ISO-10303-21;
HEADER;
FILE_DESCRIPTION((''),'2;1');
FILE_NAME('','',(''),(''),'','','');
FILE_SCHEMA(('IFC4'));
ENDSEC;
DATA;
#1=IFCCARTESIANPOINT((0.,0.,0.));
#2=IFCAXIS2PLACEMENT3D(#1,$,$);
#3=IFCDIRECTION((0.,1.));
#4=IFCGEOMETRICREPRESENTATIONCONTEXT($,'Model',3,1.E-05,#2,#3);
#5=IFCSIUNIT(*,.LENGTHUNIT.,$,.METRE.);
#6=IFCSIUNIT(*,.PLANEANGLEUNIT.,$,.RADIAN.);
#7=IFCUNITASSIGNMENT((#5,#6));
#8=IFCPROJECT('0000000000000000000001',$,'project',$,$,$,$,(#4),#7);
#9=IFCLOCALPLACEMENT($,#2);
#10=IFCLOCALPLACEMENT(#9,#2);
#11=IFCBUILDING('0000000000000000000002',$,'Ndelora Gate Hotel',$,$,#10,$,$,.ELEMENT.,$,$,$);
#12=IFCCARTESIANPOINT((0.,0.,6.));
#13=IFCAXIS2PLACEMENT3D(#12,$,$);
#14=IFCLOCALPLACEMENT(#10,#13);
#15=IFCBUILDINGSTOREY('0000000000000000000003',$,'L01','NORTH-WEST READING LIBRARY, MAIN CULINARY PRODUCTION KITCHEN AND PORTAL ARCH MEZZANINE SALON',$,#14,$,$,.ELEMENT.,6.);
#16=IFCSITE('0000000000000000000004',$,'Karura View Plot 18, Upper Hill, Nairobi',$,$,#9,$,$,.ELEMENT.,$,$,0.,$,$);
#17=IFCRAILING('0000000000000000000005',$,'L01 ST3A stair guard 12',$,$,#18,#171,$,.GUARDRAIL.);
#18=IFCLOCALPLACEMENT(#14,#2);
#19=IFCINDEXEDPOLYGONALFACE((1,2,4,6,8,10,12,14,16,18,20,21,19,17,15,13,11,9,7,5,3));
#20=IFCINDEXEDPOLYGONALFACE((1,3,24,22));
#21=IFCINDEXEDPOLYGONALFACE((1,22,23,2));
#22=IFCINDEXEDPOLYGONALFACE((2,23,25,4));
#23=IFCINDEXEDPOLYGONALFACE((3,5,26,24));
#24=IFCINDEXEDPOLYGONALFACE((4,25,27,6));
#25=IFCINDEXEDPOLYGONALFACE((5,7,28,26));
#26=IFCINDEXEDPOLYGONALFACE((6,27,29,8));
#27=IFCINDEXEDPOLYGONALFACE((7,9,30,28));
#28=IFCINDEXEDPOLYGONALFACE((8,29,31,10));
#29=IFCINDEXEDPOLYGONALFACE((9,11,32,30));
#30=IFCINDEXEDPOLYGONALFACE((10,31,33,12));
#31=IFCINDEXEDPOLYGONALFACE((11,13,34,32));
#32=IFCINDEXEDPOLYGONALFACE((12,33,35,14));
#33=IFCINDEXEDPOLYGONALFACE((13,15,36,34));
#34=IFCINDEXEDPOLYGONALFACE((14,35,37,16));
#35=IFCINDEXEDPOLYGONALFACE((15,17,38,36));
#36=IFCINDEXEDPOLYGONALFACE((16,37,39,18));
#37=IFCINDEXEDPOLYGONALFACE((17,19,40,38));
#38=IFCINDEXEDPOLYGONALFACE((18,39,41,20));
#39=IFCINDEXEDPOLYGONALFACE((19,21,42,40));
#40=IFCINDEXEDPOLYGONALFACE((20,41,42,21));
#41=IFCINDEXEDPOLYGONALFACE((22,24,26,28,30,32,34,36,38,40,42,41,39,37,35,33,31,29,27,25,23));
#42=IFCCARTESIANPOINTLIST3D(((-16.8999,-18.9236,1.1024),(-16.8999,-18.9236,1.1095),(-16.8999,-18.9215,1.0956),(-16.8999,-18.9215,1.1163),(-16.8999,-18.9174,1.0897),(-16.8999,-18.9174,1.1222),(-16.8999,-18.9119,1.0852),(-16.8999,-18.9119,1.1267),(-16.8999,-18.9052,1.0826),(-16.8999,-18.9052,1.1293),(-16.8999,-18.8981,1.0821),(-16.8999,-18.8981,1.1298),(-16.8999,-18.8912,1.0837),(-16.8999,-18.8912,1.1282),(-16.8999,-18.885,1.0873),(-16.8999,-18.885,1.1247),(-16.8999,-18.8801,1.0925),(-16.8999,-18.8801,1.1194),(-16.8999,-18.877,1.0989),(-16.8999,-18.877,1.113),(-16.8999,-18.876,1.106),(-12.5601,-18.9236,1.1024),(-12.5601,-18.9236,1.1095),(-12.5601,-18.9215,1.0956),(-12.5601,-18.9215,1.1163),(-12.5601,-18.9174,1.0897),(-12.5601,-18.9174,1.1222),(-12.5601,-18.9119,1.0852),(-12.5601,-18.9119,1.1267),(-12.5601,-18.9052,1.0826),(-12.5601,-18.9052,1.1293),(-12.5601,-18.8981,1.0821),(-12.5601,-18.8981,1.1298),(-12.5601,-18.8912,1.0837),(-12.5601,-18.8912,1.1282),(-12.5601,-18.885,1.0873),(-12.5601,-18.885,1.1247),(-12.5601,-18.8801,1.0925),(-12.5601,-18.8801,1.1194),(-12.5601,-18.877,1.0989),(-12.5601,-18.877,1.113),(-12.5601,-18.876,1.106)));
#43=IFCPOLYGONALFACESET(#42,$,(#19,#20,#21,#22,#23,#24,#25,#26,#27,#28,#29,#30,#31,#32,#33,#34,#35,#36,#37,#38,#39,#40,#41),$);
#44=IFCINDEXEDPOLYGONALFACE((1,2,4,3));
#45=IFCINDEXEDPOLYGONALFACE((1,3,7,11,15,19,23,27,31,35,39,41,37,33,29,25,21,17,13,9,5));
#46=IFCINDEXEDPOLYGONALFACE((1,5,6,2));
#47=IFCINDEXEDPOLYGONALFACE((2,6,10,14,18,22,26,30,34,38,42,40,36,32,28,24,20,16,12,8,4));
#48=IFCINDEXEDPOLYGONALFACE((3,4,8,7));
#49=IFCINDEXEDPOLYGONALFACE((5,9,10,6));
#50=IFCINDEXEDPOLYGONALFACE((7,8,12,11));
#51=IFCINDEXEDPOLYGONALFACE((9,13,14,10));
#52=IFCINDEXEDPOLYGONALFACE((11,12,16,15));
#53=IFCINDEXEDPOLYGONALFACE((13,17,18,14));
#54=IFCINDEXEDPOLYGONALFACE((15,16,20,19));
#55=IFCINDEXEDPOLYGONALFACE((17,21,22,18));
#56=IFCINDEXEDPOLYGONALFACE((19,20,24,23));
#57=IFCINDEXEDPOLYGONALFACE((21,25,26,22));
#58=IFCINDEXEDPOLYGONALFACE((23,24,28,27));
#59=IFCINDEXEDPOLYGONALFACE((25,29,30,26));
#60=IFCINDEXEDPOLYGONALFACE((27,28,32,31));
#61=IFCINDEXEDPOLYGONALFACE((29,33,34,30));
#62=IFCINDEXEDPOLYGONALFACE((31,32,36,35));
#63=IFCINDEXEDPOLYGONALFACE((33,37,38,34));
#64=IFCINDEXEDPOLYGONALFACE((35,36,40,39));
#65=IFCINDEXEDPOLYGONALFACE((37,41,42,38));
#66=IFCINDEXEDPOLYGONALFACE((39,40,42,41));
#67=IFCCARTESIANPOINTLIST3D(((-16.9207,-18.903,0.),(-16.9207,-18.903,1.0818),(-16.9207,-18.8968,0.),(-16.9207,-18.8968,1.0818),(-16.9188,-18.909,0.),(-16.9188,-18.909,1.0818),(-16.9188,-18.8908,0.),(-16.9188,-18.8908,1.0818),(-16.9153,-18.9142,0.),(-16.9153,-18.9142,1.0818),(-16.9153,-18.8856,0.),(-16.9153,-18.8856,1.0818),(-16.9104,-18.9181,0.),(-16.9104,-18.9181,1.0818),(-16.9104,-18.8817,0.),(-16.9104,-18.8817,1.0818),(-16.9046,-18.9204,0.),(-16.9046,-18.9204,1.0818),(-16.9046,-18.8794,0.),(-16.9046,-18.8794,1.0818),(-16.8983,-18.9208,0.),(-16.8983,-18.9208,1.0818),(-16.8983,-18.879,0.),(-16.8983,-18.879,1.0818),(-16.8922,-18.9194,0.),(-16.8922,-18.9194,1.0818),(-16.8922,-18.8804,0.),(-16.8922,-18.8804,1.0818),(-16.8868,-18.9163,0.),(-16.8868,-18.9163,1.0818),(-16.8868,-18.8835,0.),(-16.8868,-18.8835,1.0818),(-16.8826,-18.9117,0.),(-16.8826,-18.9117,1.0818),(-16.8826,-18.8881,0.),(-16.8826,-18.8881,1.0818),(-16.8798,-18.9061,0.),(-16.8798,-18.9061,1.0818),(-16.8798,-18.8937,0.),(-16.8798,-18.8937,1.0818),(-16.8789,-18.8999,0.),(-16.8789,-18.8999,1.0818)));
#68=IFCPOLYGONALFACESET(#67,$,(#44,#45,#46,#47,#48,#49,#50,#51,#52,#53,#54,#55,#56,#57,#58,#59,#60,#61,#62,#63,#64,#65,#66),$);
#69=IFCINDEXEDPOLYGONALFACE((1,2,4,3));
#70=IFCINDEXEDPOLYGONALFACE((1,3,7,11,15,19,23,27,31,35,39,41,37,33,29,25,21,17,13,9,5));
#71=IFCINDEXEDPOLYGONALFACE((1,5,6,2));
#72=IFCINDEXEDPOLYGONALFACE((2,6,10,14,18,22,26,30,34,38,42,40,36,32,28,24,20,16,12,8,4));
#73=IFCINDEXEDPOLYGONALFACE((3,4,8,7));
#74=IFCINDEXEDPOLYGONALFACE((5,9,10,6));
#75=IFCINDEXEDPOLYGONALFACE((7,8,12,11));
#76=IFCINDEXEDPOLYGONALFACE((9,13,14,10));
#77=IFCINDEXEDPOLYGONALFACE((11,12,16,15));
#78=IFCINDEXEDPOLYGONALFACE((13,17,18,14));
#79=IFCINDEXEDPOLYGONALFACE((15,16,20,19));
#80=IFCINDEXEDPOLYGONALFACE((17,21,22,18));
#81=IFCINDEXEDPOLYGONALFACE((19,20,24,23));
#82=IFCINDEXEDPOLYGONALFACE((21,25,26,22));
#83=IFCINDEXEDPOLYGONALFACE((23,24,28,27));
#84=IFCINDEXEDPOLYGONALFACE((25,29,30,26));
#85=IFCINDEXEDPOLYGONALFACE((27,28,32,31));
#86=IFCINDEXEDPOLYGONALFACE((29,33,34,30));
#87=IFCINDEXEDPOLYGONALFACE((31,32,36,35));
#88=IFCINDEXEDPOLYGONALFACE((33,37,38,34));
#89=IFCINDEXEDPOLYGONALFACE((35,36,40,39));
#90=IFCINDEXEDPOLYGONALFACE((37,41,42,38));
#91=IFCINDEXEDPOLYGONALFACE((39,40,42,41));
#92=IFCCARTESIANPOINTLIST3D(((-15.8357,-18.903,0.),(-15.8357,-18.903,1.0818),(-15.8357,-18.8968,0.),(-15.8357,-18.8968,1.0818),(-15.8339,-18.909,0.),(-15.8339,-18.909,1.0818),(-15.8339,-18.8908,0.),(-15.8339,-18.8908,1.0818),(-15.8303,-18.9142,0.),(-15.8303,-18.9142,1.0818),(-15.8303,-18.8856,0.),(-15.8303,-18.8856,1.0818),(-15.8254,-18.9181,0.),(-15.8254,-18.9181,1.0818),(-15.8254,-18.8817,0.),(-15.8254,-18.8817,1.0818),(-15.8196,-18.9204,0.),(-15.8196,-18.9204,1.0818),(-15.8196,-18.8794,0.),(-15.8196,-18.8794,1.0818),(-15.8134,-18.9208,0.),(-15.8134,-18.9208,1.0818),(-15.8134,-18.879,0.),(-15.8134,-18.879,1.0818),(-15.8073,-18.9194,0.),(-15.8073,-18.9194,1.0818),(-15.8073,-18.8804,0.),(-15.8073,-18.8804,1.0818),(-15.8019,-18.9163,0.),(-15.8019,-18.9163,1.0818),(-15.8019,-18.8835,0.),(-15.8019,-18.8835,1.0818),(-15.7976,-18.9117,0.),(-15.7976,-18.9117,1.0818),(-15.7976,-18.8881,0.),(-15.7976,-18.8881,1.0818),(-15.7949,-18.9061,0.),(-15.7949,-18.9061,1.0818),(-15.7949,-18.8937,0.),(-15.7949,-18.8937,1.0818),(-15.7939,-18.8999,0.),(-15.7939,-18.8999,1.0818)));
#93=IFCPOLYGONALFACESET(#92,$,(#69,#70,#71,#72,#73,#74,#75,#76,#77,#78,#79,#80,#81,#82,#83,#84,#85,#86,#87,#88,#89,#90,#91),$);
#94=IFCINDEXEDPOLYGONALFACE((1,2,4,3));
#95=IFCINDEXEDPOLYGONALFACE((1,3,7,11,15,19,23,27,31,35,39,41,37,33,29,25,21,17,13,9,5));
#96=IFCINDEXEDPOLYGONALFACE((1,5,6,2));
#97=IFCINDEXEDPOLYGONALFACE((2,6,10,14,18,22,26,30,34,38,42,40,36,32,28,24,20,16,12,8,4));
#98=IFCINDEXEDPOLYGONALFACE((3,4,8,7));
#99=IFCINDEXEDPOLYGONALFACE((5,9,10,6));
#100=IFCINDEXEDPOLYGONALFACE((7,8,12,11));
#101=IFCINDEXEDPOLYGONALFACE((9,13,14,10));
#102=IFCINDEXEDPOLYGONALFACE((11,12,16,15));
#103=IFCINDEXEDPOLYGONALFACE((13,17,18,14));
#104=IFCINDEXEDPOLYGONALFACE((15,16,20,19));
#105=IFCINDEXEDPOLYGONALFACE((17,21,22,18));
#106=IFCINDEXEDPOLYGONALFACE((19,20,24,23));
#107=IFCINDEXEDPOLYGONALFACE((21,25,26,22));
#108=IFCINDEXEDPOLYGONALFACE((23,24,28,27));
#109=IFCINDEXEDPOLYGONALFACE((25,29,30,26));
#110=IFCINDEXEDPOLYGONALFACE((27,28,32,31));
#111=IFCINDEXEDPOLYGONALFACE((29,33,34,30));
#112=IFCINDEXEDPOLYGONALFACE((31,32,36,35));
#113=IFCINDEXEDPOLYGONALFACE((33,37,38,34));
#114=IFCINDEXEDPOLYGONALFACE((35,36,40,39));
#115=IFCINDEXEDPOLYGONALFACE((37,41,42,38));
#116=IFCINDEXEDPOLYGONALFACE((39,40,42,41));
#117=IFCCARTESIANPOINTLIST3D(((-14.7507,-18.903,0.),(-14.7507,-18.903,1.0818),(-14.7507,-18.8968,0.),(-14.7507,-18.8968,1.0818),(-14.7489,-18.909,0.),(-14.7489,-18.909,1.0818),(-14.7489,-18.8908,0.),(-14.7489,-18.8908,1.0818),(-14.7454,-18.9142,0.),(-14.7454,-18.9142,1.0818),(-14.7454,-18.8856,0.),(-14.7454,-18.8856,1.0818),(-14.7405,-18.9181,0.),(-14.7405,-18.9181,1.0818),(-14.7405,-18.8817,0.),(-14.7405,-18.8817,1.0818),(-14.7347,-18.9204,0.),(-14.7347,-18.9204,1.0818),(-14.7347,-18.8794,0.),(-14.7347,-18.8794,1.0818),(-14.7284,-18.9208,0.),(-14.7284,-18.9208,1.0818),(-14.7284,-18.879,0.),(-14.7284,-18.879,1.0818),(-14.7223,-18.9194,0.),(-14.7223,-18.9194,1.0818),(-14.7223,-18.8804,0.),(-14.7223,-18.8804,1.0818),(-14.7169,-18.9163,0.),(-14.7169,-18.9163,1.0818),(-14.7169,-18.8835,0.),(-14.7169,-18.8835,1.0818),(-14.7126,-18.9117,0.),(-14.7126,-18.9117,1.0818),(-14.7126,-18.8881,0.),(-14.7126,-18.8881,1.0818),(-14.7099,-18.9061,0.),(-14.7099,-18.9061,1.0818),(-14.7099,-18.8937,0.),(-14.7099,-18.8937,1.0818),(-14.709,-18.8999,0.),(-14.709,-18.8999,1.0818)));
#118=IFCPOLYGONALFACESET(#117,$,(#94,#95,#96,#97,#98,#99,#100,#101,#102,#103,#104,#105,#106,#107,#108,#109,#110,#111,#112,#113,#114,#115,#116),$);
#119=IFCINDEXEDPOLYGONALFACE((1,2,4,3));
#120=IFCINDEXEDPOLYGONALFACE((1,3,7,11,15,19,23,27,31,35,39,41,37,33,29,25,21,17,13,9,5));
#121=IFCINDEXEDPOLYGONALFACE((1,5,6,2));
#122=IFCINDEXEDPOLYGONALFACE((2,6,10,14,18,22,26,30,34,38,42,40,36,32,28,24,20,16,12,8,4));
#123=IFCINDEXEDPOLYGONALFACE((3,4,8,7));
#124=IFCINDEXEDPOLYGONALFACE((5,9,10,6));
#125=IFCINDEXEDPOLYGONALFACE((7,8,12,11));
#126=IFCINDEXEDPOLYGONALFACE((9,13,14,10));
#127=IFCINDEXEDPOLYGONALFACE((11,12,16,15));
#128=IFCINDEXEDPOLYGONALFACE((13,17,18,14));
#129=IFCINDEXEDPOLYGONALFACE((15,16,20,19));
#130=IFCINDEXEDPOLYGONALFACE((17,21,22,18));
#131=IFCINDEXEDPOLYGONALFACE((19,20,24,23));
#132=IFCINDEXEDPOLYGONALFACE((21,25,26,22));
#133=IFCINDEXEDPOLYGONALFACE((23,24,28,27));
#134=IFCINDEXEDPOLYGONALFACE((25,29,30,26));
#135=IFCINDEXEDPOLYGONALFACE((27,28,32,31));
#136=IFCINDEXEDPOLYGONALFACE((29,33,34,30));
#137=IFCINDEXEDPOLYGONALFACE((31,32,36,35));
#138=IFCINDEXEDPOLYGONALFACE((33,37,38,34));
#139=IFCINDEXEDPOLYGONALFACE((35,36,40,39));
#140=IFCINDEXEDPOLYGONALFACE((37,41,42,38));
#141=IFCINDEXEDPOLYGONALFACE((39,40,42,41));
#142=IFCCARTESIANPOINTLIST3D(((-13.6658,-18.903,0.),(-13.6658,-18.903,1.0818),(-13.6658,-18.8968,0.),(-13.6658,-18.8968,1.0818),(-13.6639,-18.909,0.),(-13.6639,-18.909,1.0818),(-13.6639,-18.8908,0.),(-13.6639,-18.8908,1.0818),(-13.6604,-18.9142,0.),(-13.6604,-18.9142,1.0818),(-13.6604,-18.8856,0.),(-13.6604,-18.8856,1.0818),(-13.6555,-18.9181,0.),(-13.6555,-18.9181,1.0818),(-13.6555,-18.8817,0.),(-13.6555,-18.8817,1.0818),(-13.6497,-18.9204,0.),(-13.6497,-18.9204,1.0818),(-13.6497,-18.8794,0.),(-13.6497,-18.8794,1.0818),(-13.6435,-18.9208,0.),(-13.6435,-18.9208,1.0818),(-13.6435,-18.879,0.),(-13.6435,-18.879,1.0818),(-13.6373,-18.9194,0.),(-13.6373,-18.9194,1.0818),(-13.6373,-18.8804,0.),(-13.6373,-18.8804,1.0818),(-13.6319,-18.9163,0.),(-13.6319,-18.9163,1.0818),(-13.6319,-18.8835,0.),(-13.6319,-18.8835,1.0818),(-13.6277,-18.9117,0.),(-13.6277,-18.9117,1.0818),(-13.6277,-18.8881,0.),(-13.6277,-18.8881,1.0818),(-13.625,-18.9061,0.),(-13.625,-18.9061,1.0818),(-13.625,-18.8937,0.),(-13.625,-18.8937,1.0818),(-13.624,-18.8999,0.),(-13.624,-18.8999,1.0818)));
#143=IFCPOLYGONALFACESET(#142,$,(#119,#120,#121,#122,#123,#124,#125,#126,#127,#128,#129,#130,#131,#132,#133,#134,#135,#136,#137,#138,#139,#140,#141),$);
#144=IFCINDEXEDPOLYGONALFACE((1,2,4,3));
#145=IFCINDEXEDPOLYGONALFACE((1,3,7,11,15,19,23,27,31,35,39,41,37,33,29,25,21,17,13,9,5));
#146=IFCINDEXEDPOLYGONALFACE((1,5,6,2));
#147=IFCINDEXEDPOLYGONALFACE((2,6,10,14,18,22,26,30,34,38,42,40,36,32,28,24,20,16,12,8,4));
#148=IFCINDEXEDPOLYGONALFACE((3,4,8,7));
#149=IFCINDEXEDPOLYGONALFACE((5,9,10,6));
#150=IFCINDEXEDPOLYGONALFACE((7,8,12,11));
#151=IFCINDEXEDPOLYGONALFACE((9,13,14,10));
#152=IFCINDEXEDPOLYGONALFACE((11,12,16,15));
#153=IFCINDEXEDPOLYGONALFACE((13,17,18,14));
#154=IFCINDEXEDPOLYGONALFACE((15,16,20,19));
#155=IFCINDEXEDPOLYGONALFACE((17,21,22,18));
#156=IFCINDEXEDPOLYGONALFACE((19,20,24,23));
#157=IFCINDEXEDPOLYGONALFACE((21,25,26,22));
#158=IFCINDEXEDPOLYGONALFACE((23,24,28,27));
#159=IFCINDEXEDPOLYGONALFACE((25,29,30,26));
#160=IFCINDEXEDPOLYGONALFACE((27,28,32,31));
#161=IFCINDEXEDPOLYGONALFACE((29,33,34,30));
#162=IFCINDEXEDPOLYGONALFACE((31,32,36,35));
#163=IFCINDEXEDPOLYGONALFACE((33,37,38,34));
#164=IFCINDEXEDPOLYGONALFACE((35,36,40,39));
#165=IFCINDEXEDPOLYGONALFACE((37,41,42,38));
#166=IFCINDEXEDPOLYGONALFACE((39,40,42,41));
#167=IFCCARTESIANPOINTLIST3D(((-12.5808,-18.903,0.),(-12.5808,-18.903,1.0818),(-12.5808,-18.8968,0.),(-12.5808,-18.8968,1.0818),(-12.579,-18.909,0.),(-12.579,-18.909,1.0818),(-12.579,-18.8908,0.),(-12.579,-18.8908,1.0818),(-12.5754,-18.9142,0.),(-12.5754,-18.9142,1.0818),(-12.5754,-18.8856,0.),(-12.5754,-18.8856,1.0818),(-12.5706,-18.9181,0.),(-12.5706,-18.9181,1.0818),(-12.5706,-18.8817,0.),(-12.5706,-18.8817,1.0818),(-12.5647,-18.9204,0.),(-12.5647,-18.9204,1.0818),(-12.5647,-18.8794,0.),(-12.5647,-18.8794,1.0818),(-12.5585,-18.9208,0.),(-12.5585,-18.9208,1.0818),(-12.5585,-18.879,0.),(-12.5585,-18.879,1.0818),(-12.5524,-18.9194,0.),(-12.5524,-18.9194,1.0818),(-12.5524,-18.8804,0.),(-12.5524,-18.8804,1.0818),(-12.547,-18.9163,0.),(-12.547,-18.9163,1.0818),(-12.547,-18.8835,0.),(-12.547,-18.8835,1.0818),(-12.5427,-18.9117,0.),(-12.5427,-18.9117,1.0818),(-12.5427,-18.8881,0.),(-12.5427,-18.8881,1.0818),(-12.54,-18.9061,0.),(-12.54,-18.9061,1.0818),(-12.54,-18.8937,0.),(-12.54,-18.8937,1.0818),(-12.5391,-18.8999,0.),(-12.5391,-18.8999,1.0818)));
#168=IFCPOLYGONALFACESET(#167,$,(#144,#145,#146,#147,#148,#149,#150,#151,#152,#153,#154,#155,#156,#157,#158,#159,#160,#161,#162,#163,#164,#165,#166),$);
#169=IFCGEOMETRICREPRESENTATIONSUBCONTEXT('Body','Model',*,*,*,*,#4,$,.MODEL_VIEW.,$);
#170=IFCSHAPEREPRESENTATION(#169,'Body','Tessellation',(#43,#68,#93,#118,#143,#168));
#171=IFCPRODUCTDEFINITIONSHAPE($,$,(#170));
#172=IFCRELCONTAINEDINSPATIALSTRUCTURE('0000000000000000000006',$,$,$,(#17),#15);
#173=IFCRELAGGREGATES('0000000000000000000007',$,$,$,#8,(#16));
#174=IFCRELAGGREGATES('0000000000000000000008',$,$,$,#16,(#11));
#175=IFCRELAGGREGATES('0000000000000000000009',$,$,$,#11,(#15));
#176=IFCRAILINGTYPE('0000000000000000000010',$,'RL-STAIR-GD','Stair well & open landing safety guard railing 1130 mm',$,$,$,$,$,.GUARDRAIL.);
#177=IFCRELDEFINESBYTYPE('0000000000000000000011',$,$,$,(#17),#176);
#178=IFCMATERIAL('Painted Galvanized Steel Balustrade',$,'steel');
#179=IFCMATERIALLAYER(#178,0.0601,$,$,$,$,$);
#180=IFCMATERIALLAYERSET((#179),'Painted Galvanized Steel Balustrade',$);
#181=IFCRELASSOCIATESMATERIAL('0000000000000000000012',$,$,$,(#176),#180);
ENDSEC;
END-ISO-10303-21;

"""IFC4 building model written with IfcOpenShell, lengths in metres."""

from ifc_helpers import new_model, si_unit, direction, frame, origin, origin_2d, place, context, subcontext, project, spatial, circle, extrude, material, layer, layer_set, type_object, element, save


model = new_model("IFC4")

# Units and contexts
model_context = context("Model", 3, precision=1e-05, world=origin(), true_north=direction((0.0, 1.0)))
body_context = subcontext(model_context, "Body", "Model", "MODEL_VIEW")
ifc_project = project(units=[si_unit("LENGTHUNIT", "METRE"), si_unit("PLANEANGLEUNIT", "RADIAN")], contexts=[model_context])

# Site, building, storey
site_placement = place(None, origin())
site = spatial("IfcSite", under=ifc_project, at=site_placement, Name="Karura View Plot 18, Upper Hill, Nairobi", CompositionType="ELEMENT", RefElevation=0.0)
building_placement = place(site_placement, origin())
building = spatial("IfcBuilding", under=site, at=building_placement, Name="Ndelora Gate Hotel", CompositionType="ELEMENT")
storey_placement = place(building_placement, frame((0.0, 0.0, 6.0)))
storey = spatial("IfcBuildingStorey", under=building, at=storey_placement, Name="L01", Description="NORTH-WEST READING LIBRARY, MAIN CULINARY PRODUCTION KITCHEN AND PORTAL ARCH MEZZANINE SALON", CompositionType="ELEMENT", Elevation=6.0)

# Railing
ifc_material_1 = material(Name="Painted Galvanized Steel Balustrade", Category="steel")
ifc_layer_1 = layer(ifc_material_1, 0.0601)
ifc_layer_set_1 = layer_set([ifc_layer_1], Name="Painted Galvanized Steel Balustrade")
railing_type_1 = type_object("IfcRailingType", Name="RL-STAIR-GD", Description="Stair well & open landing safety guard railing 1130 mm", PredefinedType="GUARDRAIL", material=ifc_layer_set_1)
railing_1_placement = place(storey_placement, frame((-16.8999, -18.8999, 0.0)))
element("IfcRailing", 1, at=railing_1_placement, inside=storey, type_object=railing_type_1, Name="L01 ST3A stair guard 12", PredefinedType="GUARDRAIL", context=body_context, shape_type="SweptSolid", body=[
    extrude(circle(Radius=0.0239, at=origin_2d()), frame((0.0, 0.0, 1.106), z_axis=(1.0, 0.0, 0.0), x_axis=(0.0, 1.0, 0.0)), (0.0, 0.0, 1.0), 4.3398),
    extrude(circle(Radius=0.021, at=origin_2d()), origin(), (0.0, 0.0, 1.0), 1.0818),
    extrude(circle(Radius=0.021, at=origin_2d()), frame((1.085, 0.0, 0.0)), (0.0, 0.0, 1.0), 1.0818),
    extrude(circle(Radius=0.021, at=origin_2d()), frame((2.1699, 0.0, 0.0)), (0.0, 0.0, 1.0), 1.0818),
    extrude(circle(Radius=0.021, at=origin_2d()), frame((3.2549, 0.0, 0.0)), (0.0, 0.0, 1.0), 1.0818),
    extrude(circle(Radius=0.021, at=origin_2d()), frame((4.3398, 0.0, 0.0)), (0.0, 0.0, 1.0), 1.0818),
])

save(model, "model.ifc")
